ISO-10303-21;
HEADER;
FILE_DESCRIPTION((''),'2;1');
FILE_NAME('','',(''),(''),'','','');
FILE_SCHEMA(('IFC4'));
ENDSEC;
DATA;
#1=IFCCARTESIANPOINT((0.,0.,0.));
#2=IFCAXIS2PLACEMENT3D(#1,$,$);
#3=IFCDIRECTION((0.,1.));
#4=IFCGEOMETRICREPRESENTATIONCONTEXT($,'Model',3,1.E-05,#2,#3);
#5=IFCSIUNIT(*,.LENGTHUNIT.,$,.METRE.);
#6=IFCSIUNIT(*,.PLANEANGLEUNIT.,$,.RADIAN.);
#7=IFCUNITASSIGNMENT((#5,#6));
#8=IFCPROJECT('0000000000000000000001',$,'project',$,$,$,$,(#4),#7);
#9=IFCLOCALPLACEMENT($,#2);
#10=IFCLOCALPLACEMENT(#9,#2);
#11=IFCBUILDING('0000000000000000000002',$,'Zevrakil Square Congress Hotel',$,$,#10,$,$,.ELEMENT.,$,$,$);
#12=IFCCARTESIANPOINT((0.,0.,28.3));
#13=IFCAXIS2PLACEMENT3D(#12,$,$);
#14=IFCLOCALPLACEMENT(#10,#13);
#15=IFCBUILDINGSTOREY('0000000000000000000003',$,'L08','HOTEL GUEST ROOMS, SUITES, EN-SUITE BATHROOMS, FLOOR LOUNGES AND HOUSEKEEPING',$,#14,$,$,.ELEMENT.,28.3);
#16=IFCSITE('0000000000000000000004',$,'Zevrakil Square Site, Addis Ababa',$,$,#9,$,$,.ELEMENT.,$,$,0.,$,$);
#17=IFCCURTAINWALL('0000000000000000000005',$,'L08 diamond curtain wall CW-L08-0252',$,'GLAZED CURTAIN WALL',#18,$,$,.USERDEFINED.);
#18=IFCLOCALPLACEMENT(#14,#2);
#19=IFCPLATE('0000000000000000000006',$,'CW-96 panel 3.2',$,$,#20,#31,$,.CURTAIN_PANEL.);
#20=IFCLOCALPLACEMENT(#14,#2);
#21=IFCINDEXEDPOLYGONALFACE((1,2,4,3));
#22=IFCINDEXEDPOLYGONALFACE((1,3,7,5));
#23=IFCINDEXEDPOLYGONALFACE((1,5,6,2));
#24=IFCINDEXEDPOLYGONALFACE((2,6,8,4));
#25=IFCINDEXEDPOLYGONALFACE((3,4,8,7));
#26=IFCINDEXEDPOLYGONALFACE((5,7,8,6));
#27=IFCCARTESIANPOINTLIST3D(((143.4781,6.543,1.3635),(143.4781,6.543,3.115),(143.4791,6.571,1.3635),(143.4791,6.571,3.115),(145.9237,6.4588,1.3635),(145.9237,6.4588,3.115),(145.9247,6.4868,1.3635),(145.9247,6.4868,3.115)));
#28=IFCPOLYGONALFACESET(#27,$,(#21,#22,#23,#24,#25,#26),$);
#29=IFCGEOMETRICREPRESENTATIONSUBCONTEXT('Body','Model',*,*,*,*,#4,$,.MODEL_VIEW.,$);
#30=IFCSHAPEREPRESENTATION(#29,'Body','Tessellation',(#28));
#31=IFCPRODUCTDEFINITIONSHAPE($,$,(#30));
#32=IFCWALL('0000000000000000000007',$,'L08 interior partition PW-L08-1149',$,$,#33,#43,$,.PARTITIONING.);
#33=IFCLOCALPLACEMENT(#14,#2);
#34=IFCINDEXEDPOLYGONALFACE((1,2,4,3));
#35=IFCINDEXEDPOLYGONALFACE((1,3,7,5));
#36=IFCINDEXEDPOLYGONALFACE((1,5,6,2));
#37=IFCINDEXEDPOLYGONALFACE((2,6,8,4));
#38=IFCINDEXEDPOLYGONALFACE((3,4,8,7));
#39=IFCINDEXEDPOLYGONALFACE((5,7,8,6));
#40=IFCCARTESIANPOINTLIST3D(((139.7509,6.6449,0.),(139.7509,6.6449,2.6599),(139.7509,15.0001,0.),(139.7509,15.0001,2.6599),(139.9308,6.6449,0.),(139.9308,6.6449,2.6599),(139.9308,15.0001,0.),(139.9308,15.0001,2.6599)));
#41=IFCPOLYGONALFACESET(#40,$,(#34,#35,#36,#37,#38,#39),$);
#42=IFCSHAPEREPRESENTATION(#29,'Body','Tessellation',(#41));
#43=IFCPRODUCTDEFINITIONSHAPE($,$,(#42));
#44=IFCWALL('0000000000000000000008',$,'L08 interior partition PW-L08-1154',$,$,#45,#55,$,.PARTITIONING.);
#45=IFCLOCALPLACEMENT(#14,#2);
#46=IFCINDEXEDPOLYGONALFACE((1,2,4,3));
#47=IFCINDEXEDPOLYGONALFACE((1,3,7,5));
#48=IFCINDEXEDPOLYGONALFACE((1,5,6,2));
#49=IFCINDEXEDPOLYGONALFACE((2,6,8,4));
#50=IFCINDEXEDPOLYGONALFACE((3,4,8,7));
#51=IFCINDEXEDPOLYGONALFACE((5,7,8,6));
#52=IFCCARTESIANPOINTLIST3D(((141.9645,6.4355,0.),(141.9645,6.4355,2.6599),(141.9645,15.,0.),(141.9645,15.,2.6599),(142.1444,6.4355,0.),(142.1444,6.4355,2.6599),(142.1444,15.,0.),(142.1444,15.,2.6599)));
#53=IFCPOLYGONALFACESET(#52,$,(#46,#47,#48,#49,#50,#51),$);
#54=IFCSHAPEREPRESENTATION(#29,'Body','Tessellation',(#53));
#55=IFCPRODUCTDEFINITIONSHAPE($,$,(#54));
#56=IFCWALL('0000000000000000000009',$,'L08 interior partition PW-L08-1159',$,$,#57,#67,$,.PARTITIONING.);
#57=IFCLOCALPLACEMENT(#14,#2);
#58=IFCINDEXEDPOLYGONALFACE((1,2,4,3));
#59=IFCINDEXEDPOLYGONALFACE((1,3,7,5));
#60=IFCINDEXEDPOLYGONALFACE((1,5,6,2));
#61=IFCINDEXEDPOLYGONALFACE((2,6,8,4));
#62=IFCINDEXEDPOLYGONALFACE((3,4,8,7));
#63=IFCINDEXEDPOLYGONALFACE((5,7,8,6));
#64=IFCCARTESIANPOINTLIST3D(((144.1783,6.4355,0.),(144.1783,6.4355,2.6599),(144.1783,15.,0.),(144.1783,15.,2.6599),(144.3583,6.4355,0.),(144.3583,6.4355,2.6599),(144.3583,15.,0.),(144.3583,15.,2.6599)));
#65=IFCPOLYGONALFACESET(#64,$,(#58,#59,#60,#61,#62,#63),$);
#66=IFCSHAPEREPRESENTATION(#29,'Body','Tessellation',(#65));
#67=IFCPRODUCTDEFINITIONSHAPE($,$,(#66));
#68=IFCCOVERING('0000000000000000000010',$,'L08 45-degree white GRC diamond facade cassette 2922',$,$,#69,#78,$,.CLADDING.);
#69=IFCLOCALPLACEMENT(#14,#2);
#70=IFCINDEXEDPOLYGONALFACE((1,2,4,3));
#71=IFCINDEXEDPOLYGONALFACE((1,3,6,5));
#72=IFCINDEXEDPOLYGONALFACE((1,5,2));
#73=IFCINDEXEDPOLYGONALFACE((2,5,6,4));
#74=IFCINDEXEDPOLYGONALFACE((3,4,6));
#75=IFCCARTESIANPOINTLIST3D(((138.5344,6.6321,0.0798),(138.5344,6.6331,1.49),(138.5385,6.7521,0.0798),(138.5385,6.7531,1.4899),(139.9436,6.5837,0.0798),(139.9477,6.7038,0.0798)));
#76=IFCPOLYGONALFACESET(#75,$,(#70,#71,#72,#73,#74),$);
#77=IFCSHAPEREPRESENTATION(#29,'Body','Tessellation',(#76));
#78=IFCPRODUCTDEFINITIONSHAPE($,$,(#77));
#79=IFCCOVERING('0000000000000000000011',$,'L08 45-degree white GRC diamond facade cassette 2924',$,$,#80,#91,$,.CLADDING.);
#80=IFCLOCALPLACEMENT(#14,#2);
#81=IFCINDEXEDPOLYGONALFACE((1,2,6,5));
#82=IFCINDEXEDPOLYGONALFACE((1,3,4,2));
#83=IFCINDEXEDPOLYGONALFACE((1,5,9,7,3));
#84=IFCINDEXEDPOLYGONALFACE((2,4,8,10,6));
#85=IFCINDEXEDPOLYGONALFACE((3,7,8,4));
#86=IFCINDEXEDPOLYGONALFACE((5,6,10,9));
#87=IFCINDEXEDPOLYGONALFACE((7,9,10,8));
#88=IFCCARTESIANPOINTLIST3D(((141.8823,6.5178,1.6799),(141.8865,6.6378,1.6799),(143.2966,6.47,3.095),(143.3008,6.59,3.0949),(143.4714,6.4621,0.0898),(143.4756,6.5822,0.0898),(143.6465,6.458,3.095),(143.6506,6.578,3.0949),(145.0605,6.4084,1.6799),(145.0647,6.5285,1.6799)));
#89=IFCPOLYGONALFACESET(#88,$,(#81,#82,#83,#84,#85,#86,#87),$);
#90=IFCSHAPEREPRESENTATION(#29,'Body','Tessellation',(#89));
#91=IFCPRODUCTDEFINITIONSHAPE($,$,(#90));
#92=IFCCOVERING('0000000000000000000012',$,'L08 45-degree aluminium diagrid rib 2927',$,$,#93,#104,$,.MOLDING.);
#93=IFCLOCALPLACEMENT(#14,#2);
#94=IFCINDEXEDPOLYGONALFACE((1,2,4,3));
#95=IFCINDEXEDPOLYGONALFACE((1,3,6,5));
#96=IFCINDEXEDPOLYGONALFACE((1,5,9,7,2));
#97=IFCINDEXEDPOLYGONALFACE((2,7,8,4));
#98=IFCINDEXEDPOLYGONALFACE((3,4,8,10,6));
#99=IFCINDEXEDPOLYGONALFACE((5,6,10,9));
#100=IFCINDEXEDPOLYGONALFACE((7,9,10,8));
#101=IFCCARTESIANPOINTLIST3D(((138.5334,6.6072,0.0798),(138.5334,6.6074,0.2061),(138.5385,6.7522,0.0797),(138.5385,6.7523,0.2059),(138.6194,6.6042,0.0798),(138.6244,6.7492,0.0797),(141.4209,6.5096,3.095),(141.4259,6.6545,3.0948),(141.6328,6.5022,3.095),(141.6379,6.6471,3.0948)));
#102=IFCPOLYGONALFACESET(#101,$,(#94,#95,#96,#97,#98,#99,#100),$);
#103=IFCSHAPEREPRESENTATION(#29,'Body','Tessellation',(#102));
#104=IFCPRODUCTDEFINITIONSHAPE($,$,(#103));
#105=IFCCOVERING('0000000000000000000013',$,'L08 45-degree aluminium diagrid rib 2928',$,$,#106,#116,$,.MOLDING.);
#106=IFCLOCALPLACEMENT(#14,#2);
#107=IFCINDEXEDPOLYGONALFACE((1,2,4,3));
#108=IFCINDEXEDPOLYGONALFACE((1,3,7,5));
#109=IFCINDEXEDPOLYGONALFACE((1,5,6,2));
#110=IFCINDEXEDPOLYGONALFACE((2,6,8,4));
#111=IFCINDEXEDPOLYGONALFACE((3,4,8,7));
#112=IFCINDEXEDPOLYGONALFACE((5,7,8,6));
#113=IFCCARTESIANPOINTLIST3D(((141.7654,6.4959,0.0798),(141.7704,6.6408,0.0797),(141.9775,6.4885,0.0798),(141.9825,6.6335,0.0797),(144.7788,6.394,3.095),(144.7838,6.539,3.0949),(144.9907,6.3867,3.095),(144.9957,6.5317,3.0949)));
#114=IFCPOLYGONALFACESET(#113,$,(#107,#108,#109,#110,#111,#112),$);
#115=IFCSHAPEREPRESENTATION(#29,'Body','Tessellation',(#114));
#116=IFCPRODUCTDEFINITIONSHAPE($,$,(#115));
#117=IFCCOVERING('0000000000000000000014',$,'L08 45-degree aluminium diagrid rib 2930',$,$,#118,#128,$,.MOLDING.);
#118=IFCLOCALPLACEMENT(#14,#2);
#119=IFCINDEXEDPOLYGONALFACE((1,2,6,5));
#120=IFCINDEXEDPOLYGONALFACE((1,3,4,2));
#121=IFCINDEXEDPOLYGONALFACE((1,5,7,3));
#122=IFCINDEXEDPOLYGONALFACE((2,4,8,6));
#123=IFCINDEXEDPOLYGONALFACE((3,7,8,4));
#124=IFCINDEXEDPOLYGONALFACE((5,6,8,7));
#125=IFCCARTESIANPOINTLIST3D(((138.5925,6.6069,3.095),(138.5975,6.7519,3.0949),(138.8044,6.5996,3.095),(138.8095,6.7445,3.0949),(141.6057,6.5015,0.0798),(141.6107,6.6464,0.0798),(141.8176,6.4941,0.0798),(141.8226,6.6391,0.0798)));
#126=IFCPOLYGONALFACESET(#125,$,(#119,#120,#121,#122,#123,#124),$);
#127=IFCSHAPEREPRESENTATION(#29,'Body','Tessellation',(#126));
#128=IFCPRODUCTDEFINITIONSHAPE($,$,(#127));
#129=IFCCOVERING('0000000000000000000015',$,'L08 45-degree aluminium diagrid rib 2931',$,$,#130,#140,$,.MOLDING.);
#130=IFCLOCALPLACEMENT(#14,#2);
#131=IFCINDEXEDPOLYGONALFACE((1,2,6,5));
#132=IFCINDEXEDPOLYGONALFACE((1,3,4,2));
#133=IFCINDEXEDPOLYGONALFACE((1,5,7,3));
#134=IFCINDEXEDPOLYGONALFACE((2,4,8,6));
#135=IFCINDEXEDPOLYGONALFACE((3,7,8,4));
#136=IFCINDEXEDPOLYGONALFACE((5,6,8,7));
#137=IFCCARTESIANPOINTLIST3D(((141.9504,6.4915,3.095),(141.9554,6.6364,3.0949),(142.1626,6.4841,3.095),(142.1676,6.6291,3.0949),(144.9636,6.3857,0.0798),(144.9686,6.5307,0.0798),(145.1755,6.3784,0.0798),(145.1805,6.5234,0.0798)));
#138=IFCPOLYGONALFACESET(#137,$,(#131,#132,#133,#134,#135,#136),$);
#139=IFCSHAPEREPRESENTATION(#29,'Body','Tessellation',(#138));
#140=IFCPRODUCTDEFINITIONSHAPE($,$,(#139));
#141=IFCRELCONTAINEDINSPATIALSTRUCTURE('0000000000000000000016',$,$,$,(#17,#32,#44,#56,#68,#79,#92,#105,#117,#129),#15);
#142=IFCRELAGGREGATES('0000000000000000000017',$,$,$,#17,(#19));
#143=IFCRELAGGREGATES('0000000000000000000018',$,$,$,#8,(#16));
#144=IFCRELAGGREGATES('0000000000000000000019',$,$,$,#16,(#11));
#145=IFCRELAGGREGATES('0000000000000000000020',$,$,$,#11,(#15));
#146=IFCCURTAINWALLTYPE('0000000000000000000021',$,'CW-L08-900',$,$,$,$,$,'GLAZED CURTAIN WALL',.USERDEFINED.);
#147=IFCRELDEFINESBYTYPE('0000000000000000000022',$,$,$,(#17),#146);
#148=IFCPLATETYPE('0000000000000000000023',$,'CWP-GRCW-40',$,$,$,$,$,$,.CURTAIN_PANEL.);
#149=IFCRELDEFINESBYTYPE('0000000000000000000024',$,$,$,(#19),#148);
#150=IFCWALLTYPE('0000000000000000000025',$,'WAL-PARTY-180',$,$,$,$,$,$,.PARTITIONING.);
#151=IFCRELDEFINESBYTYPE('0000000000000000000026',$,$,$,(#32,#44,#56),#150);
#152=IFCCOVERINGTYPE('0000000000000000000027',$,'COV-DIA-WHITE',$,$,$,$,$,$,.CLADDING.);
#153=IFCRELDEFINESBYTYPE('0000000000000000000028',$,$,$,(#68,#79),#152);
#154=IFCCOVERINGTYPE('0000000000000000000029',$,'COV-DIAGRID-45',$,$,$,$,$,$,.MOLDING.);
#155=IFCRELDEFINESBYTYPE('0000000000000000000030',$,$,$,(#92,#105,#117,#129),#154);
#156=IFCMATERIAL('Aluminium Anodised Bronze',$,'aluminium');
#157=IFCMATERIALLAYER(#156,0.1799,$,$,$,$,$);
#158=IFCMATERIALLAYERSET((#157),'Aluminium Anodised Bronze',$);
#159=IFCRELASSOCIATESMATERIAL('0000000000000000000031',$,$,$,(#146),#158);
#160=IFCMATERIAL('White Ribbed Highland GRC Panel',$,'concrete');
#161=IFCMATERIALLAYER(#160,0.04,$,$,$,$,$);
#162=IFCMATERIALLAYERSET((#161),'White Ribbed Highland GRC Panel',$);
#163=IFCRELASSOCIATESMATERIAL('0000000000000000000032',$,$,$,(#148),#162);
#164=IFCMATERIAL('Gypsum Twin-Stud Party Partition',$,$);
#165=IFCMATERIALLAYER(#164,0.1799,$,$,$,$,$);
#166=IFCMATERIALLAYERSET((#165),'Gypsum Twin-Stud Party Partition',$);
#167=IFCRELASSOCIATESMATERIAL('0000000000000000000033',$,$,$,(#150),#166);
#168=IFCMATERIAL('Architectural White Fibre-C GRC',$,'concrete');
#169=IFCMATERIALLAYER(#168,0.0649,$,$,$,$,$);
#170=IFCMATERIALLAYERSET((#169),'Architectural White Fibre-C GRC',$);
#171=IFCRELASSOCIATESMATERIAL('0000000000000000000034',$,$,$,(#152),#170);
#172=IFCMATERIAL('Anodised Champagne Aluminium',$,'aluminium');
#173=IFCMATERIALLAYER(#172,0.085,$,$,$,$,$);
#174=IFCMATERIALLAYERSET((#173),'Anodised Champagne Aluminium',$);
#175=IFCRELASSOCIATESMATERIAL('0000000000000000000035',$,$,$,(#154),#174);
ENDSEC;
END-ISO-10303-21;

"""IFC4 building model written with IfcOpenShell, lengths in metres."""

from ifc_helpers import new_model, si_unit, direction, frame, frame_2d, origin, origin_2d, place, context, subcontext, project, spatial, polyline, rectangle, outline, extrude, material, layer, layer_set, type_object, element, aggregate, save


model = new_model("IFC4")

# Units and contexts
model_context = context("Model", 3, precision=1e-05, world=origin(), true_north=direction((0.0, 1.0)))
body_context = subcontext(model_context, "Body", "Model", "MODEL_VIEW")
ifc_project = project(units=[si_unit("LENGTHUNIT", "METRE"), si_unit("PLANEANGLEUNIT", "RADIAN")], contexts=[model_context])

# Site, building, storey
site_placement = place(None, origin())
site = spatial("IfcSite", under=ifc_project, at=site_placement, Name="Zevrakil Square Site, Addis Ababa", CompositionType="ELEMENT", RefElevation=0.0)
building_placement = place(site_placement, origin())
building = spatial("IfcBuilding", under=site, at=building_placement, Name="Zevrakil Square Congress Hotel", CompositionType="ELEMENT")
storey_placement = place(building_placement, frame((0.0, 0.0, 28.3)))
storey = spatial("IfcBuildingStorey", under=building, at=storey_placement, Name="L08", Description="HOTEL GUEST ROOMS, SUITES, EN-SUITE BATHROOMS, FLOOR LOUNGES AND HOUSEKEEPING", CompositionType="ELEMENT", Elevation=28.3)

# Curtain wall
ifc_material_1 = material(Name="Aluminium Anodised Bronze", Category="aluminium")
ifc_layer_1 = layer(ifc_material_1, 0.1799)
ifc_layer_set_1 = layer_set([ifc_layer_1], Name="Aluminium Anodised Bronze")
curtain_wall_type = type_object("IfcCurtainWallType", Name="CW-L08-900", ElementType="GLAZED CURTAIN WALL", PredefinedType="USERDEFINED", material=ifc_layer_set_1)
curtain_wall_placement = place(storey_placement, origin())
curtain_wall = element("IfcCurtainWall", 1, at=curtain_wall_placement, inside=storey, type_object=curtain_wall_type, Name="L08 diamond curtain wall CW-L08-0252", ObjectType="GLAZED CURTAIN WALL", PredefinedType="USERDEFINED")

# Plate
ifc_material_2 = material(Name="White Ribbed Highland GRC Panel", Category="concrete")
ifc_layer_2 = layer(ifc_material_2, 0.04)
ifc_layer_set_2 = layer_set([ifc_layer_2], Name="White Ribbed Highland GRC Panel")
plate_type_1 = type_object("IfcPlateType", Name="CWP-GRCW-40", PredefinedType="CURTAIN_PANEL", material=ifc_layer_set_2)
plate_1_placement = place(storey_placement, frame((144.7014, 6.5149, 1.3635), z_axis=(0.0, 0.0, 1.0), x_axis=(0.999408, -0.034405, 0.0)))
plate_1 = element("IfcPlate", 2, at=plate_1_placement, type_object=plate_type_1, Name="CW-96 panel 3.2", PredefinedType="CURTAIN_PANEL", context=body_context, shape_type="SweptSolid", body=[
    extrude(rectangle(XDim=2.447, YDim=0.0281, at=origin_2d()), origin(), (0.0, 0.0, 1.0), 1.7515),
])
aggregate(curtain_wall, [plate_1])

# Walls
ifc_material_3 = material(Name="Gypsum Twin-Stud Party Partition")
ifc_layer_3 = layer(ifc_material_3, 0.1799)
ifc_layer_set_3 = layer_set([ifc_layer_3], Name="Gypsum Twin-Stud Party Partition")
wall_type = type_object("IfcWallType", Name="WAL-PARTY-180", PredefinedType="PARTITIONING", material=ifc_layer_set_3)
wall_placement = place(storey_placement, frame((139.8408, 6.6448, 0.0), z_axis=(0.0, 0.0, 1.0), x_axis=(0.0, 1.0, 0.0)))
element("IfcWall", 3, at=wall_placement, inside=storey, type_object=wall_type, Name="L08 interior partition PW-L08-1149", PredefinedType="PARTITIONING", context=body_context, shape_type="SweptSolid", body=[
    extrude(rectangle(XDim=8.3552, YDim=0.1799, at=frame_2d((4.1777, 0.0))), origin(), (0.0, 0.0, 1.0), 2.6599),
])
for number, where, z_axis, x_axis, name in (
    (4, (142.0544, 6.4355, 0.0), (0.0, 0.0, 1.0), (0.0, 1.0, 0.0), "L08 interior partition PW-L08-1154"),
    (5, (144.2683, 6.4355, 0.0), (0.0, 0.0, 1.0), (0.0, 1.0, 0.0), "L08 interior partition PW-L08-1159"),
):
    element("IfcWall", number, at=place(storey_placement, frame(where, z_axis=z_axis, x_axis=x_axis)), inside=storey, type_object=wall_type, Name=name, PredefinedType="PARTITIONING", context=body_context, shape_type="SweptSolid", body=[
        extrude(rectangle(XDim=8.5645, YDim=0.1799, at=frame_2d((4.2822, 0.0))), origin(), (0.0, 0.0, 1.0), 2.6599),
    ])

# Coverings
ifc_material_4 = material(Name="Architectural White Fibre-C GRC", Category="concrete")
ifc_layer_4 = layer(ifc_material_4, 0.0649)
ifc_layer_set_4 = layer_set([ifc_layer_4], Name="Architectural White Fibre-C GRC")
covering_type_1 = type_object("IfcCoveringType", Name="COV-DIA-WHITE", PredefinedType="CLADDING", material=ifc_layer_set_4)
covering_1_placement = place(storey_placement, frame((139.9436, 6.5837, 0.0798), z_axis=(-0.034283, -0.999412, 0.000692), x_axis=(-0.999412, 0.034283, 0.0)))
element("IfcCovering", 6, at=covering_1_placement, inside=storey, type_object=covering_type_1, Name="L08 45-degree white GRC diamond facade cassette 2922", PredefinedType="CLADDING", context=body_context, shape_type="SweptSolid", body=[
    extrude(outline(polyline([(0.0, 0.0), (1.41, 0.0), (1.41, -1.4102), (0.0, 0.0)])), origin(), (0.0, 0.0, -1.0), 0.1201),
])
covering_2_placement = place(storey_placement, frame((145.0605, 6.4084, 1.6799), z_axis=(-0.034383, -0.999409, 0.00061), x_axis=(-0.706688, 0.023881, -0.707122)))
element("IfcCovering", 7, at=covering_2_placement, inside=storey, type_object=covering_type_1, Name="L08 45-degree white GRC diamond facade cassette 2924", PredefinedType="CLADDING", context=body_context, shape_type="SweptSolid", body=[
    extrude(outline(polyline([(0.0, 0.0), (2.2487, 0.0), (2.2486, -2.2487), (0.2474, -2.2486), (-0.0001, -2.0011), (0.0, 0.0)])), origin(), (0.0, 0.0, -1.0), 0.1201),
])
ifc_material_5 = material(Name="Anodised Champagne Aluminium", Category="aluminium")
ifc_layer_5 = layer(ifc_material_5, 0.085)
ifc_layer_set_5 = layer_set([ifc_layer_5], Name="Anodised Champagne Aluminium")
covering_type_2 = type_object("IfcCoveringType", Name="COV-DIAGRID-45", PredefinedType="MOLDING", material=ifc_layer_set_5)
covering_3_placement = place(storey_placement, frame((138.6194, 6.6042, 0.0798), z_axis=(-0.034813, -0.999393, 0.000963), x_axis=(-0.999394, 0.034813, -0.000001)))
element("IfcCovering", 8, at=covering_3_placement, inside=storey, type_object=covering_type_2, Name="L08 45-degree aluminium diagrid rib 2927", PredefinedType="MOLDING", context=body_context, shape_type="SweptSolid", body=[
    extrude(outline(polyline([(0.0, 0.0), (0.086, 0.0), (0.086, -0.1262), (-2.8031, -3.0151), (-3.0152, -3.0151), (0.0, 0.0)])), origin(), (0.0, 0.0, -1.0), 0.145),
])
covering_4_placement = place(storey_placement, frame((141.9775, 6.4885, 0.0798), z_axis=(-0.034522, -0.999404, 0.000756), x_axis=(-0.999404, 0.034522, 0.0)))
element("IfcCovering", 9, at=covering_4_placement, inside=storey, type_object=covering_type_2, Name="L08 45-degree aluminium diagrid rib 2928", PredefinedType="MOLDING", context=body_context, shape_type="SweptSolid", body=[
    extrude(outline(polyline([(0.0, 0.0), (0.2123, 0.0), (-2.8029, -3.0151), (-3.0149, -3.0151), (0.0, 0.0)])), origin(), (0.0, 0.0, -1.0), 0.145),
])
covering_5_placement = place(storey_placement, frame((138.5925, 6.6069, 3.095), z_axis=(-0.034542, -0.999403, 0.00044), x_axis=(0.999403, -0.034542, 0.0)))
element("IfcCovering", 10, at=covering_5_placement, inside=storey, type_object=covering_type_2, Name="L08 45-degree aluminium diagrid rib 2930", PredefinedType="MOLDING", context=body_context, shape_type="SweptSolid", body=[
    extrude(outline(polyline([(0.0, 0.0), (0.212, 0.0), (3.2271, -3.0151), (3.015, -3.0151), (0.0, 0.0)])), origin(), (0.0, 0.0, -1.0), 0.145),
])
covering_6_placement = place(storey_placement, frame((141.9504, 6.4915, 3.095), z_axis=(-0.034522, -0.999404, 0.000542), x_axis=(0.999404, -0.034522, 0.0)))
element("IfcCovering", 11, at=covering_6_placement, inside=storey, type_object=covering_type_2, Name="L08 45-degree aluminium diagrid rib 2931", PredefinedType="MOLDING", context=body_context, shape_type="SweptSolid", body=[
    extrude(outline(polyline([(0.0, 0.0), (0.2123, 0.0), (3.2271, -3.0151), (3.015, -3.0151), (0.0, 0.0)])), origin(), (0.0, 0.0, -1.0), 0.145),
])

save(model, "model.ifc")
